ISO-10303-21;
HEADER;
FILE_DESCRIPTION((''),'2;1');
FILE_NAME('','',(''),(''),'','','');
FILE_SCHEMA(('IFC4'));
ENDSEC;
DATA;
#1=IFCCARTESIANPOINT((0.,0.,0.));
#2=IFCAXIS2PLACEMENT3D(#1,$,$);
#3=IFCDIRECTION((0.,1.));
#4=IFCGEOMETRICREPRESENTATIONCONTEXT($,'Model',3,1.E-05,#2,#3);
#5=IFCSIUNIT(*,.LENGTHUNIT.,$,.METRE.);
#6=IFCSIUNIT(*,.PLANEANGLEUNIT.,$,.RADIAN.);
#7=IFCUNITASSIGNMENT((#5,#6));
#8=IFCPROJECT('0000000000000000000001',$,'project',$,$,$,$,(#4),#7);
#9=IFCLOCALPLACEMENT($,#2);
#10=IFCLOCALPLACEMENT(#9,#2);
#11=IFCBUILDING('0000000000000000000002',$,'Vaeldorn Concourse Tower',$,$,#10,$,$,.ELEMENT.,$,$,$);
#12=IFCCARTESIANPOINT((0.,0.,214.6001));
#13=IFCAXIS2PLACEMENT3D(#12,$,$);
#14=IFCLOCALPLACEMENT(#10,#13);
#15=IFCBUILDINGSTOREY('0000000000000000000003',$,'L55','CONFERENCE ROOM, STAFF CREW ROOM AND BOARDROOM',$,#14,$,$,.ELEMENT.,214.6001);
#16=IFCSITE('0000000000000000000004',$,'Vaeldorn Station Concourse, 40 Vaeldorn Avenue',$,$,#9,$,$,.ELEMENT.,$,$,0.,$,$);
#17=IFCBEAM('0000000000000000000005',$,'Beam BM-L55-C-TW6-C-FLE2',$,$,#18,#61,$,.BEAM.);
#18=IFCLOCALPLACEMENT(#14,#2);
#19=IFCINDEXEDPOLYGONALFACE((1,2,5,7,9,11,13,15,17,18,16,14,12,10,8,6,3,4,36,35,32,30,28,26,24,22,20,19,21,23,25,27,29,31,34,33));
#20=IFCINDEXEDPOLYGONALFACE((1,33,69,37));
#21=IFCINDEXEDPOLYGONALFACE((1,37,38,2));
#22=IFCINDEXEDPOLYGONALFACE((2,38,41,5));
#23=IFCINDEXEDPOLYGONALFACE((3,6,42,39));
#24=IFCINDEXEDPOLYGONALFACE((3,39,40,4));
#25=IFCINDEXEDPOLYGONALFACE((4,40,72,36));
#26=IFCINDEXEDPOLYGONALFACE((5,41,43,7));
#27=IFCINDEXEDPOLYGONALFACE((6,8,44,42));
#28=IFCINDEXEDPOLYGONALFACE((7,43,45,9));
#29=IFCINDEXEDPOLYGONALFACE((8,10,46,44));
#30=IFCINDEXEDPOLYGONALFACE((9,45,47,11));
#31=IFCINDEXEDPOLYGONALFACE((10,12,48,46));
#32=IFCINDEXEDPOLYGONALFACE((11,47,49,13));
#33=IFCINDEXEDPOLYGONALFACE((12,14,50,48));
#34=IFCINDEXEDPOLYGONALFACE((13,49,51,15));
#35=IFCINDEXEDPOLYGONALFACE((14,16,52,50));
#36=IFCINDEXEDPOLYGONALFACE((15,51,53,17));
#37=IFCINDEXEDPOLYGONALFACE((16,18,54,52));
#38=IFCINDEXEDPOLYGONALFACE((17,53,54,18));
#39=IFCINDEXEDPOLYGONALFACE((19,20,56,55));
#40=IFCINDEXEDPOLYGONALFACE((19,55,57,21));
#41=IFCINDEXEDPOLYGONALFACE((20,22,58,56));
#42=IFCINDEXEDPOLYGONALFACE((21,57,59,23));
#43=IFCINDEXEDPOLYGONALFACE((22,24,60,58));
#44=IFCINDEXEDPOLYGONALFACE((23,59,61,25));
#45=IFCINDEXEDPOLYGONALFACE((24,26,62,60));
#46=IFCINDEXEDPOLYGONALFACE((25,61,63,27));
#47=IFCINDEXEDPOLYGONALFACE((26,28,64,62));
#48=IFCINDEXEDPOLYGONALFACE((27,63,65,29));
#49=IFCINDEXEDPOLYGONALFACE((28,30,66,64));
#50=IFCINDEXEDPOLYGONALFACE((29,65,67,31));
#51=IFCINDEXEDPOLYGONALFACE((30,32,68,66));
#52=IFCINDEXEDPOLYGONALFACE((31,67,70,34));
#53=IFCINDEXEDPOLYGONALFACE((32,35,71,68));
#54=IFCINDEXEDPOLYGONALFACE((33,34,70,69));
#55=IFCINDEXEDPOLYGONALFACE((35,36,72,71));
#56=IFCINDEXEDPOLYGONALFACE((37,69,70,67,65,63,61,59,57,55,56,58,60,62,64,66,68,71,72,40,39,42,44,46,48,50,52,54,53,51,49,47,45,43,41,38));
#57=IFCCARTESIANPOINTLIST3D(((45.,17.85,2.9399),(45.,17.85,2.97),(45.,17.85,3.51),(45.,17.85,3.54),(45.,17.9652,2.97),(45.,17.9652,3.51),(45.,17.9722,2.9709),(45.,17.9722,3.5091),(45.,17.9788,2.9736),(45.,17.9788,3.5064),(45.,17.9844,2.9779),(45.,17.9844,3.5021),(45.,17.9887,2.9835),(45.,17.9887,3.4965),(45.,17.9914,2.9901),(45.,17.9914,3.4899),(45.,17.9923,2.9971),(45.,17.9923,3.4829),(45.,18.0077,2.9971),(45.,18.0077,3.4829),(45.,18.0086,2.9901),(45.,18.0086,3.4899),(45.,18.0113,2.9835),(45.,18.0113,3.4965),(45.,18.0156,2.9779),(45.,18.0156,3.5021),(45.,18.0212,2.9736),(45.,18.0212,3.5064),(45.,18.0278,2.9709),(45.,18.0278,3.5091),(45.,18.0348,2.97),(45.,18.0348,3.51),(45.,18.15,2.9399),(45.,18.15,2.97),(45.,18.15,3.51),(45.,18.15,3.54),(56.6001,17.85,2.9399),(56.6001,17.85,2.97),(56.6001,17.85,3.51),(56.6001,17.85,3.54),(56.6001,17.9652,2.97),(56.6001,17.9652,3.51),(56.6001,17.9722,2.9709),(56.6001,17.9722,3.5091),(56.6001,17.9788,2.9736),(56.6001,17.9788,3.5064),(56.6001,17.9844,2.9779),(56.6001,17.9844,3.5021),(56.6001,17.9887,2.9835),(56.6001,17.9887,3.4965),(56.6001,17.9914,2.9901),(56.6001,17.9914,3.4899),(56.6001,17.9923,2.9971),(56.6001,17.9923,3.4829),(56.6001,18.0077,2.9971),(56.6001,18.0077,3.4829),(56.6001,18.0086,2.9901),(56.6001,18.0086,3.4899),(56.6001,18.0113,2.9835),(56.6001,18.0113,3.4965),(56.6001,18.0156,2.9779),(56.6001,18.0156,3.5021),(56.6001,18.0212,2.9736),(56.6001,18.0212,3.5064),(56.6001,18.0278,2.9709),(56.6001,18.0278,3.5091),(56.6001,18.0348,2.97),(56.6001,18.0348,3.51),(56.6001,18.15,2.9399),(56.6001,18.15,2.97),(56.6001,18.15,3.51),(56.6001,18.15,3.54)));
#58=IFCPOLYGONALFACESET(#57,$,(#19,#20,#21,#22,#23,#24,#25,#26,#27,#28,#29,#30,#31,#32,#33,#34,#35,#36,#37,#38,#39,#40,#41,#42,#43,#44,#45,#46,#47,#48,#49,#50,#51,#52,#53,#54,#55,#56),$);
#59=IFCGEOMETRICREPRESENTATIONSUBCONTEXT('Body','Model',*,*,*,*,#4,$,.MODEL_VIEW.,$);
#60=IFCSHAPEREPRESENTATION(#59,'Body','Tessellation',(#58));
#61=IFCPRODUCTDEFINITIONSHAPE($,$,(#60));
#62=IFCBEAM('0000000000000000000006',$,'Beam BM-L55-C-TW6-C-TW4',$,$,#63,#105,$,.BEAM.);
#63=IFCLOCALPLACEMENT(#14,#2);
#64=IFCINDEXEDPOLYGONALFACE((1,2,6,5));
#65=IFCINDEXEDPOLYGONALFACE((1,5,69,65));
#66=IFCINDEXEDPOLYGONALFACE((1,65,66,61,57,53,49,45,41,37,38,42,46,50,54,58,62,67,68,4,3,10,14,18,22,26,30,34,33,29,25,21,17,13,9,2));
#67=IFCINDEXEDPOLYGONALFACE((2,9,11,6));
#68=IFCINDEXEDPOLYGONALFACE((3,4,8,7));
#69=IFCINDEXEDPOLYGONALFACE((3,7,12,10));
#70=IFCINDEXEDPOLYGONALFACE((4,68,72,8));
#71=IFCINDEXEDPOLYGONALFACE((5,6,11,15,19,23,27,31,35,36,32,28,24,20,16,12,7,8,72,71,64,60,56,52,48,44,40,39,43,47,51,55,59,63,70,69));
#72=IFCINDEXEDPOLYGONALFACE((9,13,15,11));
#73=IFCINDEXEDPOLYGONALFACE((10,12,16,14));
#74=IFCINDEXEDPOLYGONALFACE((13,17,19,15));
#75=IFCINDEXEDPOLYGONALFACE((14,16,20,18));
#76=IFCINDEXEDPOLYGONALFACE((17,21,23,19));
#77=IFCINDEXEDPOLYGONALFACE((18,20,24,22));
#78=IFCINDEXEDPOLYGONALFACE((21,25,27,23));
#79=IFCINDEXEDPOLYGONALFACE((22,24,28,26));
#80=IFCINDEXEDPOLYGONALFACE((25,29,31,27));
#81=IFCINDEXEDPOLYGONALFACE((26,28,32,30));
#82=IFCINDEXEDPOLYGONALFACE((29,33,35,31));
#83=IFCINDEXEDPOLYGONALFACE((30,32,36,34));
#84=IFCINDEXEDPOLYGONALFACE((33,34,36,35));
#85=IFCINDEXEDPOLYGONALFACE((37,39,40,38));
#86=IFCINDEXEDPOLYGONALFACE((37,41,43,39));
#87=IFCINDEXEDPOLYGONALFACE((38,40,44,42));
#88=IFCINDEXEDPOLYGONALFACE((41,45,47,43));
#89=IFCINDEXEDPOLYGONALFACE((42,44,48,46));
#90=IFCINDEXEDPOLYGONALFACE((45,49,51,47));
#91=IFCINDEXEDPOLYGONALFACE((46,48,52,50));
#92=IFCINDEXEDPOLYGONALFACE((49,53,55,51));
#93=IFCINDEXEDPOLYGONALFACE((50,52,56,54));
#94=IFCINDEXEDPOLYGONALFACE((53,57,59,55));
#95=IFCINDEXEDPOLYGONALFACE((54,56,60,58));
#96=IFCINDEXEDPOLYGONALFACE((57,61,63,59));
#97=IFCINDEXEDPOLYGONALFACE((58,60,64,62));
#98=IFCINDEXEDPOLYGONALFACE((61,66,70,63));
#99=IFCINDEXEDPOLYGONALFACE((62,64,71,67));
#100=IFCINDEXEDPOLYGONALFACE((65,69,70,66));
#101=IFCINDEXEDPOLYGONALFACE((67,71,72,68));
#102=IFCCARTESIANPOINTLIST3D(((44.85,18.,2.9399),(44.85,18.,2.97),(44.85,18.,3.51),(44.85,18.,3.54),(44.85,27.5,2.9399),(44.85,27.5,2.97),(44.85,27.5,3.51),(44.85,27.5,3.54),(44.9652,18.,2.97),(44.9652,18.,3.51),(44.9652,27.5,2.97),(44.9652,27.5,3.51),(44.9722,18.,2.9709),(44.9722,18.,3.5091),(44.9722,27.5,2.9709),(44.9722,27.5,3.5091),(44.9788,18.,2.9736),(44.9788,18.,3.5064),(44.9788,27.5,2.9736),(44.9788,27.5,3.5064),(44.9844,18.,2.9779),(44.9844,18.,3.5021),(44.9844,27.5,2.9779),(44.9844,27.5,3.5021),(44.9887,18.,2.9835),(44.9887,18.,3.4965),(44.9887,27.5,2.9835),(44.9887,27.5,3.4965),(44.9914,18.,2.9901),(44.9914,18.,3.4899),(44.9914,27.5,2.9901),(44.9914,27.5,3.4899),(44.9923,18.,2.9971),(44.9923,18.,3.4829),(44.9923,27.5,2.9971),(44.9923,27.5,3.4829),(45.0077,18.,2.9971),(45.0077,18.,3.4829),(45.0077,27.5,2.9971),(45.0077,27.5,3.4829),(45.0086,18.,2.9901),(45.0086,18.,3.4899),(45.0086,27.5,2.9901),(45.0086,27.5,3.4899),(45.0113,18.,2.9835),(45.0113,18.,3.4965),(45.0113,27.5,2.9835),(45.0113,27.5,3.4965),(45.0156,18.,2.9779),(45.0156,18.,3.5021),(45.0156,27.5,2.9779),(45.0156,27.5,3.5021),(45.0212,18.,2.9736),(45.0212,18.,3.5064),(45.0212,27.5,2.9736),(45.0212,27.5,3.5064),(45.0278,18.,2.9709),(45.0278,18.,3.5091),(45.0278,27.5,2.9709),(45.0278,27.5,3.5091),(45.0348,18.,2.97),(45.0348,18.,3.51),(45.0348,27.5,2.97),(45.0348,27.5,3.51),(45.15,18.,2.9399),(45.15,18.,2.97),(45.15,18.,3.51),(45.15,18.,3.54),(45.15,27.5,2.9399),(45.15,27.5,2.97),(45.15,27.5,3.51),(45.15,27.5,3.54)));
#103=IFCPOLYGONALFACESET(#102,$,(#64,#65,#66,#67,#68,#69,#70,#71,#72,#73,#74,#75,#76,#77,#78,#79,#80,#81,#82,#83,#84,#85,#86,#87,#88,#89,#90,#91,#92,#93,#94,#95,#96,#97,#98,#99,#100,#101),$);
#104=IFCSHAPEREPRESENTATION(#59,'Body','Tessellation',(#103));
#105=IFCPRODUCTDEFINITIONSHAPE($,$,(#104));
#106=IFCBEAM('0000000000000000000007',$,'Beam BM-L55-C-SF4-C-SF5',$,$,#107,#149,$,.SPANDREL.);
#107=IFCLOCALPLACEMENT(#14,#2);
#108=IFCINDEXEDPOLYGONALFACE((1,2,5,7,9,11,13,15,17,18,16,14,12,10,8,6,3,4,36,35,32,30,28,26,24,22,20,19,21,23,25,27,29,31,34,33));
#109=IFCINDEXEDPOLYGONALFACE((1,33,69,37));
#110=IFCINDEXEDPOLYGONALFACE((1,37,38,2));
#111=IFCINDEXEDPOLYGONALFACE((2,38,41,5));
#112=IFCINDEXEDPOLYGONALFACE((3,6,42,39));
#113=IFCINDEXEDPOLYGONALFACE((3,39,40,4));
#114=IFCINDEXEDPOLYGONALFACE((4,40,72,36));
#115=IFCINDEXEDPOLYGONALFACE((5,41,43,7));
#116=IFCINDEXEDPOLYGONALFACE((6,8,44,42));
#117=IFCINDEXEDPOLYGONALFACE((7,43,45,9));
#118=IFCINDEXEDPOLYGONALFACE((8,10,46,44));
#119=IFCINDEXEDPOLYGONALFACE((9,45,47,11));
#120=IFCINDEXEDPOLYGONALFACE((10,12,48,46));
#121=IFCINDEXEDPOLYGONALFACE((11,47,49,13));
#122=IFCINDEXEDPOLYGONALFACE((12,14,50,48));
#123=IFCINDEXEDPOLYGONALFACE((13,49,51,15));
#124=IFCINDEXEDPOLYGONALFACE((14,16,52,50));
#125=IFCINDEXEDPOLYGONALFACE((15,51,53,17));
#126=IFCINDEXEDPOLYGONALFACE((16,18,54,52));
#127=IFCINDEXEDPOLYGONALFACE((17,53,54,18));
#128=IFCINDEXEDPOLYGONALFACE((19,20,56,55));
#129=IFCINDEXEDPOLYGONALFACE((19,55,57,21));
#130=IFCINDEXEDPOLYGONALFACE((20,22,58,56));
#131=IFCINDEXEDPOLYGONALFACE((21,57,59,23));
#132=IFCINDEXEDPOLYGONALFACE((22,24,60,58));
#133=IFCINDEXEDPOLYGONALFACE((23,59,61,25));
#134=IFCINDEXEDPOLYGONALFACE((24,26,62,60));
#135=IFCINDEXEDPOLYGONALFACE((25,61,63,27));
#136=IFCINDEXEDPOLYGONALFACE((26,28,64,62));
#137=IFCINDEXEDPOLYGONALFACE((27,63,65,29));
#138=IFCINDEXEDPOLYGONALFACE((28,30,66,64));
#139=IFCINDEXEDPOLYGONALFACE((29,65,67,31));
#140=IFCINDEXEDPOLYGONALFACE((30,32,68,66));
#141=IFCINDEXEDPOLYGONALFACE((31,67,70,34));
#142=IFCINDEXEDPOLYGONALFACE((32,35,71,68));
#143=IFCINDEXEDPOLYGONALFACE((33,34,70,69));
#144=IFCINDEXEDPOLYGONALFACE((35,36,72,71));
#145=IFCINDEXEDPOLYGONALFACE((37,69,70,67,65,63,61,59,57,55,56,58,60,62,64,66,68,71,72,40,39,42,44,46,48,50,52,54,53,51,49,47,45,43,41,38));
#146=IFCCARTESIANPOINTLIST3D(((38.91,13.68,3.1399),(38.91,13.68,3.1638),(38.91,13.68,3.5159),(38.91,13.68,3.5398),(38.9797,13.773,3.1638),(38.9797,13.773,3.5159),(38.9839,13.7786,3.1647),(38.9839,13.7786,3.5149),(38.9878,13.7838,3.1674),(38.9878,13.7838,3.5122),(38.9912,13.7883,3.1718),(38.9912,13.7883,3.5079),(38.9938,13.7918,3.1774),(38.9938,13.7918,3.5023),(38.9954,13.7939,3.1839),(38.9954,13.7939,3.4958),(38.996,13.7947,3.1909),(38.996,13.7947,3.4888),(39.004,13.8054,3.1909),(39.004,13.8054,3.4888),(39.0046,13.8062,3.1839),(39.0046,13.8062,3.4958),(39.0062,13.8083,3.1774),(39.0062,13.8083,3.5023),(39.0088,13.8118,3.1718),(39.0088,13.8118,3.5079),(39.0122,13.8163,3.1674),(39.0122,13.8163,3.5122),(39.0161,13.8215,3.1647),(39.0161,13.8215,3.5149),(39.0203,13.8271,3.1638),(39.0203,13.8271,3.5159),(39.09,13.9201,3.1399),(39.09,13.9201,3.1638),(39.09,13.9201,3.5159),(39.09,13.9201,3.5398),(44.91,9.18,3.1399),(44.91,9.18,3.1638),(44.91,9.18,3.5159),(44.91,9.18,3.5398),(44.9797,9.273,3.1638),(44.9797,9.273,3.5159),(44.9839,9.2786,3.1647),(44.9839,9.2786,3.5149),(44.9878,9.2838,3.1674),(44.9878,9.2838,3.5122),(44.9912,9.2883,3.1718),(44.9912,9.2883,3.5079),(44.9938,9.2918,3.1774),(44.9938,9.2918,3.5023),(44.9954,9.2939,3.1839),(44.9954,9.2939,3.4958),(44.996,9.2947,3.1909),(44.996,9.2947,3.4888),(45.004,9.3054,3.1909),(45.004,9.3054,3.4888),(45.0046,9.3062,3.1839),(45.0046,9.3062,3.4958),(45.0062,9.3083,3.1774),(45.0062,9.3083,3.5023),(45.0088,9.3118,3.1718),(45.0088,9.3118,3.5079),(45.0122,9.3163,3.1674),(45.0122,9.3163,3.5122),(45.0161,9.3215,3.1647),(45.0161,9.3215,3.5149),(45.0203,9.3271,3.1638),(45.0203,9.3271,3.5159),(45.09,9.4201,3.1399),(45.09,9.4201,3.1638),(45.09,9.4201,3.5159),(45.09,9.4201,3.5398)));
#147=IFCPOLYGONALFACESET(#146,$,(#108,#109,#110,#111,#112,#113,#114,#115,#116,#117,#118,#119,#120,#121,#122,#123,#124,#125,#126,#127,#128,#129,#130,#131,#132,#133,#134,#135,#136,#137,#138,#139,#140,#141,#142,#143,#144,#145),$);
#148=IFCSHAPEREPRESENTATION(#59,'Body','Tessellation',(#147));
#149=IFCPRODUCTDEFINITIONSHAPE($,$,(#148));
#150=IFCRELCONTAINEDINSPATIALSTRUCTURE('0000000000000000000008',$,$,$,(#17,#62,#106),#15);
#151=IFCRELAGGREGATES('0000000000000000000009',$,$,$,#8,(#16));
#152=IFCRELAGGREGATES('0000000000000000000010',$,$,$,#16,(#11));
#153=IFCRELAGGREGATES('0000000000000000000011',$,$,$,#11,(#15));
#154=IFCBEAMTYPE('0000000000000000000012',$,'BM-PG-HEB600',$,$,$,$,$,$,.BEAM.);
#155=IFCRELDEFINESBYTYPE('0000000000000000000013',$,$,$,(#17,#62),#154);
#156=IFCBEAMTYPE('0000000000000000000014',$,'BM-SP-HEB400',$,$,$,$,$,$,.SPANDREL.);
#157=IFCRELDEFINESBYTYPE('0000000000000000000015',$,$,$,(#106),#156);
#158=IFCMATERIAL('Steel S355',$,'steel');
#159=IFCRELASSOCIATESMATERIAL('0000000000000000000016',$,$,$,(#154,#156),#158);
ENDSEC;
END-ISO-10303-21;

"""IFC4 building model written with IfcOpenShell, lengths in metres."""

from ifc_helpers import new_model, si_unit, direction, frame, origin, origin_2d, place, context, subcontext, project, spatial, i_section, extrude, source, transform, mapped, material, material_profile, profile_set, type_object, element, save


model = new_model("IFC4")

# Units and contexts
model_context = context("Model", 3, precision=1e-05, world=origin(), true_north=direction((0.0, 1.0)))
body_context = subcontext(model_context, "Body", "Model", "MODEL_VIEW")
ifc_project = project(units=[si_unit("LENGTHUNIT", "METRE"), si_unit("PLANEANGLEUNIT", "RADIAN")], contexts=[model_context])

# Site, building, storey
site_placement = place(None, origin())
site = spatial("IfcSite", under=ifc_project, at=site_placement, Name="Vaeldorn Station Concourse, 40 Vaeldorn Avenue", CompositionType="ELEMENT", RefElevation=0.0)
building_placement = place(site_placement, origin())
building = spatial("IfcBuilding", under=site, at=building_placement, Name="Vaeldorn Concourse Tower", CompositionType="ELEMENT")
storey_placement = place(building_placement, frame((0.0, 0.0, 214.6001)))
storey = spatial("IfcBuildingStorey", under=building, at=storey_placement, Name="L55", Description="CONFERENCE ROOM, STAFF CREW ROOM AND BOARDROOM", CompositionType="ELEMENT", Elevation=214.6001)

# Shared definitions
ifc_material_1 = material(Name="Steel S355", Category="steel")

# Beams
ifc_material_profile_1 = material_profile(ifc_material_1, i_section(OverallWidth=0.3, OverallDepth=0.6001, WebThickness=0.0154, FlangeThickness=0.03, FilletRadius=0.0271, at=origin_2d()), Name="HEB 600")
ifc_profile_set_1 = profile_set([ifc_material_profile_1], Name="Steel S355")
beam_type_1 = type_object("IfcBeamType", Name="BM-PG-HEB600", PredefinedType="BEAM", material=ifc_profile_set_1)
shared_shape_1 = source(origin(), body_context, "Body", "SweptSolid", [
    extrude(i_section(OverallWidth=0.3, OverallDepth=0.6001, WebThickness=0.0154, FlangeThickness=0.03, FilletRadius=0.0271, at=origin_2d()), origin(), (0.0, 0.0, 1.0), 11.6001),
])
beam_1_placement = place(storey_placement, frame((45.0, 18.0, 3.24), z_axis=(1.0, 0.0, 0.0), x_axis=(0.0, 1.0, 0.0)))
element("IfcBeam", 1, at=beam_1_placement, inside=storey, type_object=beam_type_1, Name="Beam BM-L55-C-TW6-C-FLE2", PredefinedType="BEAM", context=body_context, shape_type="MappedRepresentation", body=[
    mapped(shared_shape_1, transform((0.0, 0.0, 0.0), scale=1.0)),
])
shared_shape_2 = source(origin(), body_context, "Body", "SweptSolid", [
    extrude(i_section(OverallWidth=0.3, OverallDepth=0.6001, WebThickness=0.0154, FlangeThickness=0.03, FilletRadius=0.0271, at=origin_2d()), origin(), (0.0, 0.0, 1.0), 9.5),
])
beam_2_placement = place(storey_placement, frame((45.0, 18.0, 3.24), z_axis=(0.0, 1.0, 0.0), x_axis=(-1.0, 0.0, 0.0)))
element("IfcBeam", 2, at=beam_2_placement, inside=storey, type_object=beam_type_1, Name="Beam BM-L55-C-TW6-C-TW4", PredefinedType="BEAM", context=body_context, shape_type="MappedRepresentation", body=[
    mapped(shared_shape_2, transform((0.0, 0.0, 0.0), scale=1.0)),
])
ifc_material_profile_2 = material_profile(ifc_material_1, i_section(OverallWidth=0.3, OverallDepth=0.3999, WebThickness=0.0134, FlangeThickness=0.0239, FilletRadius=0.0271, at=origin_2d()), Name="HEB 400")
ifc_profile_set_2 = profile_set([ifc_material_profile_2], Name="Steel S355")
beam_type_2 = type_object("IfcBeamType", Name="BM-SP-HEB400", PredefinedType="SPANDREL", material=ifc_profile_set_2)
shared_shape_3 = source(origin(), body_context, "Body", "SweptSolid", [
    extrude(i_section(OverallWidth=0.3, OverallDepth=0.3999, WebThickness=0.0134, FlangeThickness=0.0239, FilletRadius=0.0271, at=origin_2d()), origin(), (0.0, 0.0, 1.0), 7.5),
])
beam_3_placement = place(storey_placement, frame((39.0, 13.8, 3.3398), z_axis=(0.8, -0.6, 0.0), x_axis=(0.6, 0.8, 0.0)))
element("IfcBeam", 3, at=beam_3_placement, inside=storey, type_object=beam_type_2, Name="Beam BM-L55-C-SF4-C-SF5", PredefinedType="SPANDREL", context=body_context, shape_type="MappedRepresentation", body=[
    mapped(shared_shape_3, transform((0.0, 0.0, 0.0), scale=1.0)),
])

save(model, "model.ifc")
